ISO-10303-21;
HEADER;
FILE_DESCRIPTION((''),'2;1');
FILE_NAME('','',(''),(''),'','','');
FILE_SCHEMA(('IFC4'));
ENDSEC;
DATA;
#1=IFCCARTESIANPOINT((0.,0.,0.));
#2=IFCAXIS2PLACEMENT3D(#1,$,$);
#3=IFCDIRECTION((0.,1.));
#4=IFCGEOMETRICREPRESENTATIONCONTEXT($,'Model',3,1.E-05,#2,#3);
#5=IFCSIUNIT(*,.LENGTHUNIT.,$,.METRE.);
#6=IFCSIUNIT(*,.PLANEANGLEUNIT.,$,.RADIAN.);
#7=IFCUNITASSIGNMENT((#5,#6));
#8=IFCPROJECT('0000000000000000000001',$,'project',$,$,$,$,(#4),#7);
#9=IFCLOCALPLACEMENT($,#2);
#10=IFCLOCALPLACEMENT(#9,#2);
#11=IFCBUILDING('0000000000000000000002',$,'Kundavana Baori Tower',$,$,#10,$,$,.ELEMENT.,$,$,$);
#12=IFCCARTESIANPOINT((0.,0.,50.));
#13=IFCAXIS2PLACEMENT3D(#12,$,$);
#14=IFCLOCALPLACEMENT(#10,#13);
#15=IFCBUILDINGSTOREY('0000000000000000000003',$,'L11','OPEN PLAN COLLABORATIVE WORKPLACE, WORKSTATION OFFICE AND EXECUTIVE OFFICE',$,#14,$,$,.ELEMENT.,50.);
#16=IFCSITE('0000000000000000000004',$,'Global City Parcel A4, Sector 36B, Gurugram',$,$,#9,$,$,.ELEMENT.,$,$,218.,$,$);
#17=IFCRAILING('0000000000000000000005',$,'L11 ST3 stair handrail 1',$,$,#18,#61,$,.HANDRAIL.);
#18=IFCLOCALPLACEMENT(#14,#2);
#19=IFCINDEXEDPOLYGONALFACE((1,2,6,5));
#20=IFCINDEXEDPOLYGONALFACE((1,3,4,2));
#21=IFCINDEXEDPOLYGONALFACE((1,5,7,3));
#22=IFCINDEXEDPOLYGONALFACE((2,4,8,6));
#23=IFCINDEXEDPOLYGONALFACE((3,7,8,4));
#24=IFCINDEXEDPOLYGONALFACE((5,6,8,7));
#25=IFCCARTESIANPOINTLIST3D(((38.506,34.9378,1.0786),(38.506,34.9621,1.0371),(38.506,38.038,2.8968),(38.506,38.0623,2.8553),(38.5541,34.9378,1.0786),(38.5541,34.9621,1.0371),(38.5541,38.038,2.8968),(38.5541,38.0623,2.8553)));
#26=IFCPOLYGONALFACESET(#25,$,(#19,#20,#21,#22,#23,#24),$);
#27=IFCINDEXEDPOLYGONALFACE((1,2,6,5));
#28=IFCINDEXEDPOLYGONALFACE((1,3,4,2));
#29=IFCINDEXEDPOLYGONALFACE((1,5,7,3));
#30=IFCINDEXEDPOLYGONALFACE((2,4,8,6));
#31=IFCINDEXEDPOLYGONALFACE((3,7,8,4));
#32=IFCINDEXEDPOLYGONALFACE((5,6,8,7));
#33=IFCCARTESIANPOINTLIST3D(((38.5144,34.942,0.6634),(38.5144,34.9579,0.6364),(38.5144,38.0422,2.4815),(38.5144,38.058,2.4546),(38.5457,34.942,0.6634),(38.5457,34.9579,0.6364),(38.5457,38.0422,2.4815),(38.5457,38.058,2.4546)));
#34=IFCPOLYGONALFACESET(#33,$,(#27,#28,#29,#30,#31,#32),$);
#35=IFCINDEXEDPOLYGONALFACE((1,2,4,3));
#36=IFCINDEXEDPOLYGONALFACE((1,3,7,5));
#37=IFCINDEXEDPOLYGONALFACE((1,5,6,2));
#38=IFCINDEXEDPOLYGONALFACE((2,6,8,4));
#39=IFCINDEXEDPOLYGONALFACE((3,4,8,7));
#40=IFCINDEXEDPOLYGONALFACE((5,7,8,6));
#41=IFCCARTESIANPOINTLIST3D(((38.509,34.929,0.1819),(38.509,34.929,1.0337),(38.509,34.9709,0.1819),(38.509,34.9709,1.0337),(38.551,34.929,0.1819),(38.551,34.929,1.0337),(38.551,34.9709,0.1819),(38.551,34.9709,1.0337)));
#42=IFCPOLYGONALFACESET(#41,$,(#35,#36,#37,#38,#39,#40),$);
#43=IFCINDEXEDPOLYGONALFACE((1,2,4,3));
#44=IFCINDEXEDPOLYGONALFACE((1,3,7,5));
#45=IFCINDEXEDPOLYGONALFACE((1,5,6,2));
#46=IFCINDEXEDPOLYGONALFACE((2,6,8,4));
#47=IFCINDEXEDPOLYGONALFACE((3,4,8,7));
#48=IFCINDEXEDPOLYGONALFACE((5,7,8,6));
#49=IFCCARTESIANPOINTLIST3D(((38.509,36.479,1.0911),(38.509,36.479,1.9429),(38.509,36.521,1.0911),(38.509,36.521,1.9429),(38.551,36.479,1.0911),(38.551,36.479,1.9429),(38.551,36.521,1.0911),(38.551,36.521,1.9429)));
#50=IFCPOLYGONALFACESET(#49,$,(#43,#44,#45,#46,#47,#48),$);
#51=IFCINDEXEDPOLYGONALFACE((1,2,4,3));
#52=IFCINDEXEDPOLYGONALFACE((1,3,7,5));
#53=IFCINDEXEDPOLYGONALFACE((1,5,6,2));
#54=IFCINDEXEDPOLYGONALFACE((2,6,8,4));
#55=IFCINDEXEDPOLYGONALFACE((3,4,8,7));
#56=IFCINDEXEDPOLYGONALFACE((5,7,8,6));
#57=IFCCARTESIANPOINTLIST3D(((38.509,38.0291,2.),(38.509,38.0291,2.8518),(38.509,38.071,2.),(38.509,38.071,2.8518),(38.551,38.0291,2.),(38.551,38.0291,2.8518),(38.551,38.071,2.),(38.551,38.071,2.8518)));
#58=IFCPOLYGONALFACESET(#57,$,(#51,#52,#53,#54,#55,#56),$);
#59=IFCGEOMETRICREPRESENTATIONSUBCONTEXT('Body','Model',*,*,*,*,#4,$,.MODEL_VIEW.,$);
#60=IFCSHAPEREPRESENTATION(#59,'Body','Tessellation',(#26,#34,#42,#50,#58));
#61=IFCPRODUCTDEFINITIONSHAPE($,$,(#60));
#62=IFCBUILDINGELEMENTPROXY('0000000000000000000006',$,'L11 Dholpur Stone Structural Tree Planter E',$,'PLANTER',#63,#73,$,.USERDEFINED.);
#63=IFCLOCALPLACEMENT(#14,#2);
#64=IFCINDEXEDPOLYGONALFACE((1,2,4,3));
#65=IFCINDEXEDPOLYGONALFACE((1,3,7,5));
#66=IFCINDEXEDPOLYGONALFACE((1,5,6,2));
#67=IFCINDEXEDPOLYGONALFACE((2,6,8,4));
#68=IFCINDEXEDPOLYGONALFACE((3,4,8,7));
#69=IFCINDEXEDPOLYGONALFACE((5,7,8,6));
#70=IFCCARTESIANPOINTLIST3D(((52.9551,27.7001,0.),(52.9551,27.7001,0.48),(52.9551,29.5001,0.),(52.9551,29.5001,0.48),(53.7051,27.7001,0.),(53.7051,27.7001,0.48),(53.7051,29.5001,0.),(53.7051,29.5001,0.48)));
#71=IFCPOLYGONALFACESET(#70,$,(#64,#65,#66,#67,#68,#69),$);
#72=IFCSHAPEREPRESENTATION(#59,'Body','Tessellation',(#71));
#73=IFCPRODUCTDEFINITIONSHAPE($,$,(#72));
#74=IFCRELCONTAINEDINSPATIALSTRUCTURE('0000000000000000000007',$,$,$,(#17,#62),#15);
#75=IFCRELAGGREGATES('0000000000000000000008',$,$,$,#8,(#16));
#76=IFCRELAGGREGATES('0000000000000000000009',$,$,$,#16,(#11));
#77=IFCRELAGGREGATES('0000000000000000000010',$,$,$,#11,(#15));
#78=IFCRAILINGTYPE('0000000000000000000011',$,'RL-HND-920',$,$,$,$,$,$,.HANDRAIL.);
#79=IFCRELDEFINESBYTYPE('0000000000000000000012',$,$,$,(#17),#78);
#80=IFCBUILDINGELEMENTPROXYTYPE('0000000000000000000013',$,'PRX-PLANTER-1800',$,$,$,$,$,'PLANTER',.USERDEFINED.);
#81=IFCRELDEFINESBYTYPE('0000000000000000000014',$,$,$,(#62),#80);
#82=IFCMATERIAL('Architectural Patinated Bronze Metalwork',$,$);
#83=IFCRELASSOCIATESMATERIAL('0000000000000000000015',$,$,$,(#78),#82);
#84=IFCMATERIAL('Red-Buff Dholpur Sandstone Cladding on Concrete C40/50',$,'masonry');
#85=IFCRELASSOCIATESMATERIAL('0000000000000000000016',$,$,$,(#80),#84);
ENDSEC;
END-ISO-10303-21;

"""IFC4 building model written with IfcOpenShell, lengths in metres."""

from ifc_helpers import new_model, si_unit, direction, frame, origin, origin_2d, place, context, subcontext, project, spatial, rectangle, extrude, material, type_object, element, save


model = new_model("IFC4")

# Units and contexts
model_context = context("Model", 3, precision=1e-05, world=origin(), true_north=direction((0.0, 1.0)))
body_context = subcontext(model_context, "Body", "Model", "MODEL_VIEW")
ifc_project = project(units=[si_unit("LENGTHUNIT", "METRE"), si_unit("PLANEANGLEUNIT", "RADIAN")], contexts=[model_context])

# Site, building, storey
site_placement = place(None, origin())
site = spatial("IfcSite", under=ifc_project, at=site_placement, Name="Global City Parcel A4, Sector 36B, Gurugram", CompositionType="ELEMENT", RefElevation=218.0)
building_placement = place(site_placement, origin())
building = spatial("IfcBuilding", under=site, at=building_placement, Name="Kundavana Baori Tower", CompositionType="ELEMENT")
storey_placement = place(building_placement, frame((0.0, 0.0, 50.0)))
storey = spatial("IfcBuildingStorey", under=building, at=storey_placement, Name="L11", Description="OPEN PLAN COLLABORATIVE WORKPLACE, WORKSTATION OFFICE AND EXECUTIVE OFFICE", CompositionType="ELEMENT", Elevation=50.0)

# Railing
ifc_material_1 = material(Name="Architectural Patinated Bronze Metalwork")
railing_type_1 = type_object("IfcRailingType", Name="RL-HND-920", PredefinedType="HANDRAIL", material=ifc_material_1)
railing_1_placement = place(storey_placement, frame((38.53, 34.95, 0.1819)))
element("IfcRailing", 1, at=railing_1_placement, inside=storey, type_object=railing_type_1, Name="L11 ST3 stair handrail 1", PredefinedType="HANDRAIL", context=body_context, shape_type="SweptSolid", body=[
    extrude(rectangle(XDim=0.0481, YDim=0.0481, at=origin_2d()), frame((0.0, 0.0, 0.876), z_axis=(0.0, 0.862599, 0.505889), x_axis=(-1.0, 0.0, 0.0)), (0.0, 0.0, 1.0), 3.594),
    extrude(rectangle(XDim=0.0312, YDim=0.0312, at=origin_2d()), frame((0.0, 0.0, 0.468), z_axis=(0.0, 0.862599, 0.505889), x_axis=(-1.0, 0.0, 0.0)), (0.0, 0.0, 1.0), 3.594),
    extrude(rectangle(XDim=0.042, YDim=0.042, at=origin_2d()), origin(), (0.0, 0.0, 1.0), 0.8518),
    extrude(rectangle(XDim=0.042, YDim=0.042, at=origin_2d()), frame((0.0, 1.55, 0.9092)), (0.0, 0.0, 1.0), 0.8518),
    extrude(rectangle(XDim=0.042, YDim=0.042, at=origin_2d()), frame((0.0, 3.1001, 1.8181)), (0.0, 0.0, 1.0), 0.8518),
])

# Building element proxy
ifc_material_2 = material(Name="Red-Buff Dholpur Sandstone Cladding on Concrete C40/50", Category="masonry")
building_element_proxy_type = type_object("IfcBuildingElementProxyType", Name="PRX-PLANTER-1800", ElementType="PLANTER", PredefinedType="USERDEFINED", material=ifc_material_2)
proxy_placement = place(storey_placement, frame((53.3301, 28.6001, 0.0), z_axis=(0.0, 0.0, 1.0), x_axis=(0.0, 1.0, 0.0)))
element("IfcBuildingElementProxy", 2, at=proxy_placement, inside=storey, type_object=building_element_proxy_type, Name="L11 Dholpur Stone Structural Tree Planter E", ObjectType="PLANTER", PredefinedType="USERDEFINED", context=body_context, shape_type="SweptSolid", body=[
    extrude(rectangle(XDim=1.8, YDim=0.75, at=origin_2d()), origin(), (0.0, 0.0, 1.0), 0.48),
])

save(model, "model.ifc")
